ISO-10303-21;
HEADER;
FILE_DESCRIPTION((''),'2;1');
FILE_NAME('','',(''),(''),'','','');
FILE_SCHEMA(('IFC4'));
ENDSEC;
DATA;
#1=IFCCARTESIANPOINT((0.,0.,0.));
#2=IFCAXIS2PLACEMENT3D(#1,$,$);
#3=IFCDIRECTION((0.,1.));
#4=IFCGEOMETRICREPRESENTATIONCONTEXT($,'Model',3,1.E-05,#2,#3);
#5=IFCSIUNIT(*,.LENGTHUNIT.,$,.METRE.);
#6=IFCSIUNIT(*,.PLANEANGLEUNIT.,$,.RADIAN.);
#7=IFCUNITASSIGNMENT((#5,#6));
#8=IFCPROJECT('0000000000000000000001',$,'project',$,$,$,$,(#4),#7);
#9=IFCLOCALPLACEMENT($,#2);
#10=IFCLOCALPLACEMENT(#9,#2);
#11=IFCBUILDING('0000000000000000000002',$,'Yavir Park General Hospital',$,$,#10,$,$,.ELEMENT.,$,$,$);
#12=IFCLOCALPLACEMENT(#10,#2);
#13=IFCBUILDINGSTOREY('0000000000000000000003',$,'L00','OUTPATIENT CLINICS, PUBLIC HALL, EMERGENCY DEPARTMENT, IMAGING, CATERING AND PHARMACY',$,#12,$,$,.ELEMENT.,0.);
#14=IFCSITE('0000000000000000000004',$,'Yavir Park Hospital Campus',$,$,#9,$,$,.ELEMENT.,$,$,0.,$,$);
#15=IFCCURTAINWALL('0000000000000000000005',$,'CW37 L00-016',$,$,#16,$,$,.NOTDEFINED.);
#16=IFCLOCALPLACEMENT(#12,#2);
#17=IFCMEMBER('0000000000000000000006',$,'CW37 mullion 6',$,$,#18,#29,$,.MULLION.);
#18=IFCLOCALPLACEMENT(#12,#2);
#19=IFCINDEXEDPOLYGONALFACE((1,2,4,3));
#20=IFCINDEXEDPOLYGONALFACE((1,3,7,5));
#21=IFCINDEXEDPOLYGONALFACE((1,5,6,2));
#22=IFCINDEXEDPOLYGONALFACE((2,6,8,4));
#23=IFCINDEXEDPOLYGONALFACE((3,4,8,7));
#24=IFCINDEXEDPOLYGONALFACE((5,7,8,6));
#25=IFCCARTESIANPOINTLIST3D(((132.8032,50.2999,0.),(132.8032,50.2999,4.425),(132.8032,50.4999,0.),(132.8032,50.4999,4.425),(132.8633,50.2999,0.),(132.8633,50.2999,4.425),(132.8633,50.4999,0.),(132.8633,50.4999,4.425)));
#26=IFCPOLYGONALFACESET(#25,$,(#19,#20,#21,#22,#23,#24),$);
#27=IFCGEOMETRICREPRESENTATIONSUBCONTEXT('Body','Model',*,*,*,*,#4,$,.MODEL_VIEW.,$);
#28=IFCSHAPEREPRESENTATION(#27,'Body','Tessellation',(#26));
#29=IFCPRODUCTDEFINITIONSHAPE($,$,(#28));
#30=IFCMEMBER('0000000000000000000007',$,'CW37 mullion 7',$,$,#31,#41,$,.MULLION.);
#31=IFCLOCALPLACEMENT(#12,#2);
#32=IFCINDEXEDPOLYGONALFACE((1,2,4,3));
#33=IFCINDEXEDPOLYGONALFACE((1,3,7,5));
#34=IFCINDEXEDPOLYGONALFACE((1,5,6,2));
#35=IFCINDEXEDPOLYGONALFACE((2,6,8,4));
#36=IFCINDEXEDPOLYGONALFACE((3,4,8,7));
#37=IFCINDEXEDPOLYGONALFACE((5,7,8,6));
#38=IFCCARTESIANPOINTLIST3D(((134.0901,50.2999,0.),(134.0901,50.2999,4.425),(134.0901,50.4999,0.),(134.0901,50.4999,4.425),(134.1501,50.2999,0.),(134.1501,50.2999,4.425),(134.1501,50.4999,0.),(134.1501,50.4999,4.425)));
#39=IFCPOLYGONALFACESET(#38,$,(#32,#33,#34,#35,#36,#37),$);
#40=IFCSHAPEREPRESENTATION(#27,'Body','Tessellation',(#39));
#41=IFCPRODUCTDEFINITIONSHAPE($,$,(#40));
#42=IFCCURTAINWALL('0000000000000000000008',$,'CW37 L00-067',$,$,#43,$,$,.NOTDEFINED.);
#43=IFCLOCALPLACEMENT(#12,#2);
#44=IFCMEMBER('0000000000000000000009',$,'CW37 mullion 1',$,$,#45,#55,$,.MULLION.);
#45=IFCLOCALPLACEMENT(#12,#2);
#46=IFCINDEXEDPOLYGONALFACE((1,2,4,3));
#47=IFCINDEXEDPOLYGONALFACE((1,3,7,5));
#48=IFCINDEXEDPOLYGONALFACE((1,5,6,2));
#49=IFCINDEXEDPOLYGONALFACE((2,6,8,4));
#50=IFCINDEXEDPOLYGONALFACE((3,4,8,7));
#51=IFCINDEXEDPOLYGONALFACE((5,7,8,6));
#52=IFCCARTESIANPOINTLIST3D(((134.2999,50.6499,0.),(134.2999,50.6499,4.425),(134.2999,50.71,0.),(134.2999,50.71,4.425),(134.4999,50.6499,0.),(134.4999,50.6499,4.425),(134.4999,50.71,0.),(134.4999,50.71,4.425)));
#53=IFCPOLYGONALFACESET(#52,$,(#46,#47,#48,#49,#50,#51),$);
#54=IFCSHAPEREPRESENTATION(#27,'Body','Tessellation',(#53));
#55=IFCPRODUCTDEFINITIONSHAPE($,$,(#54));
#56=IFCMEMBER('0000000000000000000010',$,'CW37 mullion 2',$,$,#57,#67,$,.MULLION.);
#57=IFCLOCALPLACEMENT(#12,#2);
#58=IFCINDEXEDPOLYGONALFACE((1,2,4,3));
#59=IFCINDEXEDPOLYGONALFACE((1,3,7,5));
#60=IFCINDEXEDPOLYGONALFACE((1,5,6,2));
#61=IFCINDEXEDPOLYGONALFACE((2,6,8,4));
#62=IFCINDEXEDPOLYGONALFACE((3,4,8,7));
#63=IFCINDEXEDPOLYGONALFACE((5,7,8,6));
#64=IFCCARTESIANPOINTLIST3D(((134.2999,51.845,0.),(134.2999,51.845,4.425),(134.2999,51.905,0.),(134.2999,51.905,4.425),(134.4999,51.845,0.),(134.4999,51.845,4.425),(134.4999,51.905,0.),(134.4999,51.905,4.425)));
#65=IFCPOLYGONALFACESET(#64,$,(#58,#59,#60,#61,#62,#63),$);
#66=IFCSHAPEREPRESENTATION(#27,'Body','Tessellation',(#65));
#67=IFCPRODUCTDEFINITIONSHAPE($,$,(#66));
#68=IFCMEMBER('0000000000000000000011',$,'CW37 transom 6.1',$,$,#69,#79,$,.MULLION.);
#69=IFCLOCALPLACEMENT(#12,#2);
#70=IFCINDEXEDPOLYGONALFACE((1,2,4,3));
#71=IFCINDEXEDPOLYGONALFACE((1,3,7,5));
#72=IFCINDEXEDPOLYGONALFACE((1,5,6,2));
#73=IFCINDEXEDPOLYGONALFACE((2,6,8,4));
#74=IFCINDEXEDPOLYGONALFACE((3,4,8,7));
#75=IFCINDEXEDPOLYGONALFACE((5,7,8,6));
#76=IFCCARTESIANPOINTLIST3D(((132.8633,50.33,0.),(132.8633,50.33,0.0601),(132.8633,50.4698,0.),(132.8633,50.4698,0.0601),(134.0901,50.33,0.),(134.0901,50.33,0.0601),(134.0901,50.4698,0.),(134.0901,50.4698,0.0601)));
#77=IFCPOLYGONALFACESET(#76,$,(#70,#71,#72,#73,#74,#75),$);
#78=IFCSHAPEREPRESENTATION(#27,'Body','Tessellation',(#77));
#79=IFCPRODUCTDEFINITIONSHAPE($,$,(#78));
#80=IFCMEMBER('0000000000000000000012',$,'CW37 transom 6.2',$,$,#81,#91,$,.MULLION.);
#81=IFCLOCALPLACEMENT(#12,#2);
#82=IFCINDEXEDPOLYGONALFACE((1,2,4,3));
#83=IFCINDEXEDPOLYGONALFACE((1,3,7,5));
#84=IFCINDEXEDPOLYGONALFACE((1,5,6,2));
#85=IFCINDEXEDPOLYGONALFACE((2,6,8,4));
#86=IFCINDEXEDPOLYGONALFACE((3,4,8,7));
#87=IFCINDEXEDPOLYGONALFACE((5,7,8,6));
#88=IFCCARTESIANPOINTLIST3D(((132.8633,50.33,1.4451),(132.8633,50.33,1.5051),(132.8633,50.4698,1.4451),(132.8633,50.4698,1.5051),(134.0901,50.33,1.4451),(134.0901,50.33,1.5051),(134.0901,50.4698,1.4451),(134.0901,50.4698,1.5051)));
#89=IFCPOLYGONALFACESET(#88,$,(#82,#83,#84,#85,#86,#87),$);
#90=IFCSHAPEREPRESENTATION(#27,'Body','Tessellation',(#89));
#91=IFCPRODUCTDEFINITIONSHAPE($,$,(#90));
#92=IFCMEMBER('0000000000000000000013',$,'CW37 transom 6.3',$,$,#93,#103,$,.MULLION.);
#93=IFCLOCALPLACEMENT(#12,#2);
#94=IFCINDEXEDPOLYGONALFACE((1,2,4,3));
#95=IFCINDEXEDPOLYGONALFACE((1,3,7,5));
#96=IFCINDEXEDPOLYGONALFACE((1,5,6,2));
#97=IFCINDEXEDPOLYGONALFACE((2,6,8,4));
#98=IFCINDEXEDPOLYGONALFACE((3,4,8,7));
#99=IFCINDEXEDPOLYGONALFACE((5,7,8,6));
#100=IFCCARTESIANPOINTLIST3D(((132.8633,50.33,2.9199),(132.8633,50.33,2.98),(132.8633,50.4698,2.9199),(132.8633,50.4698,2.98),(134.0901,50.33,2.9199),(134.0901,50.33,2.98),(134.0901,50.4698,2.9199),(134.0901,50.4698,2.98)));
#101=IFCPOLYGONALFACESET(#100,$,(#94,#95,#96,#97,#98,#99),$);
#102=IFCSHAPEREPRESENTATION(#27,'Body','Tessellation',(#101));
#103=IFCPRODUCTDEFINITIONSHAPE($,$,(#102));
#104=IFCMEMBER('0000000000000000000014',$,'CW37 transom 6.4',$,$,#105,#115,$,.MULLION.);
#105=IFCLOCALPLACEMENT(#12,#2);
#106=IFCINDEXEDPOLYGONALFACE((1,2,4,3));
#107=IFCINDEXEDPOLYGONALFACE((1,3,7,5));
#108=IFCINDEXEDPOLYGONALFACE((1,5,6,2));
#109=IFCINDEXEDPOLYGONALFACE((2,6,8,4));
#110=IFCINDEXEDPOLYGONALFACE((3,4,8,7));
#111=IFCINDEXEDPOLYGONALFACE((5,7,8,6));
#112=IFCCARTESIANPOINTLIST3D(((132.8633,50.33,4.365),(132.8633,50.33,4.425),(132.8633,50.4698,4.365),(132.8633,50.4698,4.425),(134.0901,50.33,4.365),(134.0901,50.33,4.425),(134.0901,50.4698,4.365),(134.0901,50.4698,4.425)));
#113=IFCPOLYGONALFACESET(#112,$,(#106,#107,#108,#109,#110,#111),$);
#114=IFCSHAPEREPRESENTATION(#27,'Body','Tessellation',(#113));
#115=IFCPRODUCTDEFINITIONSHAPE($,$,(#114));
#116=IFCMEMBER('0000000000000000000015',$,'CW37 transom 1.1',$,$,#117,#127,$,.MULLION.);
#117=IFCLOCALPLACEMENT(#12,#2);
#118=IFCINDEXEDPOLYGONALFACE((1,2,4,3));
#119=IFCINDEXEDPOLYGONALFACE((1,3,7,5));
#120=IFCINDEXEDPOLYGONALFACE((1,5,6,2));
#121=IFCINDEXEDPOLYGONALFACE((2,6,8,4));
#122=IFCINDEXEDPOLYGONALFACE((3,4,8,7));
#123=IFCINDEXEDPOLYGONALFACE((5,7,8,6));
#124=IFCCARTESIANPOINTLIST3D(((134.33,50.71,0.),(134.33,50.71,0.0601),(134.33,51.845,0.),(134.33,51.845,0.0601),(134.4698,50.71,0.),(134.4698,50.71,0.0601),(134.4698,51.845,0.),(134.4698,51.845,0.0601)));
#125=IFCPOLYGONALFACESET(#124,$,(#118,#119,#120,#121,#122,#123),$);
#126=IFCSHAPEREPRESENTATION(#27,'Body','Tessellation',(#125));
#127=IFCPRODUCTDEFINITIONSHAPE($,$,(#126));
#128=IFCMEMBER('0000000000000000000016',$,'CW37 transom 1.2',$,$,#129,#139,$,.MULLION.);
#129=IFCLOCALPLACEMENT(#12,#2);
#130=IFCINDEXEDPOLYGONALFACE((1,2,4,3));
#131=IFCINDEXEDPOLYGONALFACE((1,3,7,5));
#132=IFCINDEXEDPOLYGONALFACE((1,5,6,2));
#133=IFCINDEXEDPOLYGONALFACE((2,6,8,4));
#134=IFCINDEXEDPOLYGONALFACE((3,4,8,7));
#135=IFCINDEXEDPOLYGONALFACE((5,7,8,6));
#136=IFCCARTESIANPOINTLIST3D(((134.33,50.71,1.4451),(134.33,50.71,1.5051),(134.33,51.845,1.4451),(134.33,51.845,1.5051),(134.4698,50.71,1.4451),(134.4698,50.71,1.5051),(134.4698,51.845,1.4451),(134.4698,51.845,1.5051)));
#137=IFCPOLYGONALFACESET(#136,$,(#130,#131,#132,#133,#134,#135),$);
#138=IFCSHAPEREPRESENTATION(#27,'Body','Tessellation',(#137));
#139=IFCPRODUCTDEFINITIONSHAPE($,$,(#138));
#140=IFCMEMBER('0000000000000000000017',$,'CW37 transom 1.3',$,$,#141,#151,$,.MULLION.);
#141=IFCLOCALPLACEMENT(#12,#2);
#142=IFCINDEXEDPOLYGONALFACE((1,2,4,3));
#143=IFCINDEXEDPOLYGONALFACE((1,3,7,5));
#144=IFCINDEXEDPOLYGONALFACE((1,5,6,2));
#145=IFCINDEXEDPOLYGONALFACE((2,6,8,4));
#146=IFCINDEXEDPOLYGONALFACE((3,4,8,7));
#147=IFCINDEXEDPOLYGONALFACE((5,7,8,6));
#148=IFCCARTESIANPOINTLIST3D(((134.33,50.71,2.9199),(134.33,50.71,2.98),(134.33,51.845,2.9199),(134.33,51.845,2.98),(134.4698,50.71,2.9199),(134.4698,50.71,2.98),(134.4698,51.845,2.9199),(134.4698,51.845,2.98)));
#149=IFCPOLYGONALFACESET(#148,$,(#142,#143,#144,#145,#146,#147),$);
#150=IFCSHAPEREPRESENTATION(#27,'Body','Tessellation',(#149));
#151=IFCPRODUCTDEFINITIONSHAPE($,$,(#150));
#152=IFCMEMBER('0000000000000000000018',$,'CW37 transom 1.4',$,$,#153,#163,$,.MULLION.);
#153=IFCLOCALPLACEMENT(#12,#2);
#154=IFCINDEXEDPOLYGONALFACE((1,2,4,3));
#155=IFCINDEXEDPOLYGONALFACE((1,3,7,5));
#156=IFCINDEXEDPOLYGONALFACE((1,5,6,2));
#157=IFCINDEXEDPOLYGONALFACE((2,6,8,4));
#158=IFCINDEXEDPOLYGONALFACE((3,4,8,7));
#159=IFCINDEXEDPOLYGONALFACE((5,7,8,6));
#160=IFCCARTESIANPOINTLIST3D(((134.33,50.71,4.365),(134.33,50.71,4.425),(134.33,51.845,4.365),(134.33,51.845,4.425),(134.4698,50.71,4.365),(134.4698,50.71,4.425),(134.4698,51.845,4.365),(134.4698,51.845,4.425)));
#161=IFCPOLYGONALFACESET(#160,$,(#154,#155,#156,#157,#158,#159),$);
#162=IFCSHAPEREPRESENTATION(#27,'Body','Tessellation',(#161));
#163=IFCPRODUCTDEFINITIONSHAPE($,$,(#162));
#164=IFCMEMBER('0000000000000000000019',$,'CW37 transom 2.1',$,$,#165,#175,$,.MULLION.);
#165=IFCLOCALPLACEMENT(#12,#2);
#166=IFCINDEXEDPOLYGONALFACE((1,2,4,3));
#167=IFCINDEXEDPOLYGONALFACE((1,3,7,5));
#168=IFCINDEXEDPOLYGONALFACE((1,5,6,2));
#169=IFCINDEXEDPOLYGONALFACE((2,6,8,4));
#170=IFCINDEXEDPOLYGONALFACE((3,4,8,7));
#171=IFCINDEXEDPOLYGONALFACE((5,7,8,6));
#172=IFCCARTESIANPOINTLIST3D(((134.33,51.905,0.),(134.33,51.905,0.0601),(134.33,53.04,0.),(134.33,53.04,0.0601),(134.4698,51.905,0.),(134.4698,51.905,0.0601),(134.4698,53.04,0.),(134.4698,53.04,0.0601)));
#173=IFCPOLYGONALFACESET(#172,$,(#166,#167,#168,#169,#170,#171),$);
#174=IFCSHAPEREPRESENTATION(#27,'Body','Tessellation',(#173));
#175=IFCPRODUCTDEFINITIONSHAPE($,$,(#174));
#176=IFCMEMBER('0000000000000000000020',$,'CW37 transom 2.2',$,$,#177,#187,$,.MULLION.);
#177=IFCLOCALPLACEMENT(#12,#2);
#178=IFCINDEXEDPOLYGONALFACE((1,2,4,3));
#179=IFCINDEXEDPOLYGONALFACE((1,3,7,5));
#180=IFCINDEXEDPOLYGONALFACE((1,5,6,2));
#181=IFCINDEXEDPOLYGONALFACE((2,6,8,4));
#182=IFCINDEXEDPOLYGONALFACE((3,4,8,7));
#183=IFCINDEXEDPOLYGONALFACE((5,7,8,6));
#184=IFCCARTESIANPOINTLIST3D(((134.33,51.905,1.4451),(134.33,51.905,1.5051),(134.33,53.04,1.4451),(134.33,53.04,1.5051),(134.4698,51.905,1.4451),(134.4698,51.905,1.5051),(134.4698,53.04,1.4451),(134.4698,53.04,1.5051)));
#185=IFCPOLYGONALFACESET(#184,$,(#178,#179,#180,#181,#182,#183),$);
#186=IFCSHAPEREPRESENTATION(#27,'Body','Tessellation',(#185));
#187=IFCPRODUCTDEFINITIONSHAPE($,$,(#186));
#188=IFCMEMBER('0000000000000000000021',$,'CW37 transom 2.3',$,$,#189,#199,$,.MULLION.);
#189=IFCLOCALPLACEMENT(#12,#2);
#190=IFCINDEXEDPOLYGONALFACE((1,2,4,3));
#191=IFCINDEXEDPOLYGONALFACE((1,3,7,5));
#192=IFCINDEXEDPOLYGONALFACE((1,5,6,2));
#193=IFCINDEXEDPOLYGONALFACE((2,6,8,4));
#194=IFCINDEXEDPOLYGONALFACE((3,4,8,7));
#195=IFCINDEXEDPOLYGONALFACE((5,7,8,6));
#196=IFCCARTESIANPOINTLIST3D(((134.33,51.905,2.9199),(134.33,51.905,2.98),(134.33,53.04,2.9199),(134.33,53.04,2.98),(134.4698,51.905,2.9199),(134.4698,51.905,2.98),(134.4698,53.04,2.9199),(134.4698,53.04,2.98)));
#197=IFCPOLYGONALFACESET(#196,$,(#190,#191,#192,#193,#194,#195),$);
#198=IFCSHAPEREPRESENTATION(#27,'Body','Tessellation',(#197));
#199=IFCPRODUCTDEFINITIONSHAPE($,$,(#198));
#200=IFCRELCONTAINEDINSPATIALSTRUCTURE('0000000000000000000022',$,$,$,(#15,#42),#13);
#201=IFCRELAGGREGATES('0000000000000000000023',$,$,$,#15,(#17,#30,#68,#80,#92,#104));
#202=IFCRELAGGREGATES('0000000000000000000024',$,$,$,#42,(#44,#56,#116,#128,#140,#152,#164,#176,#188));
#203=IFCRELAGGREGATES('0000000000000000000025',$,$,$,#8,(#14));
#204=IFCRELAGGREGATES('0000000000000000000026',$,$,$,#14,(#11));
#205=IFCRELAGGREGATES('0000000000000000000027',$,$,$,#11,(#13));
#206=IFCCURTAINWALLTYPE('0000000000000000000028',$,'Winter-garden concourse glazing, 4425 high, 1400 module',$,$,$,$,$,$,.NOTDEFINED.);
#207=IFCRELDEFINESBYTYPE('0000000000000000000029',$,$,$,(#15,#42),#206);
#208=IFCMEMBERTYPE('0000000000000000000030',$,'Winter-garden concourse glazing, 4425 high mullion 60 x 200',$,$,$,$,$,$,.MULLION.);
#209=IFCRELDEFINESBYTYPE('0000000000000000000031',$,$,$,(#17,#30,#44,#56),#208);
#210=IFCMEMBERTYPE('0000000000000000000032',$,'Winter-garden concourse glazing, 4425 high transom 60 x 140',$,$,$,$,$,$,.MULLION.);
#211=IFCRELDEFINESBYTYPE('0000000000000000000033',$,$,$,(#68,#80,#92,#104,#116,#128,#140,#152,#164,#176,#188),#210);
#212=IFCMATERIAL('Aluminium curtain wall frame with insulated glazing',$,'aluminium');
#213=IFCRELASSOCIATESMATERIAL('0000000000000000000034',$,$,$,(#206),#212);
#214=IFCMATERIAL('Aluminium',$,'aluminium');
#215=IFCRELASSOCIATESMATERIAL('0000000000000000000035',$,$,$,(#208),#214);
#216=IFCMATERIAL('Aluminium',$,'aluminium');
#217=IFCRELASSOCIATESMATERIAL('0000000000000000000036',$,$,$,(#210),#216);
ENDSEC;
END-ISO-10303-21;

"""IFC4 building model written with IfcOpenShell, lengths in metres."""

from ifc_helpers import new_model, si_unit, direction, frame, origin, origin_2d, place, context, subcontext, project, spatial, rectangle, extrude, material, material_profile, profile_set, type_object, element, aggregate, save


model = new_model("IFC4")

# Units and contexts
model_context = context("Model", 3, precision=1e-05, world=origin(), true_north=direction((0.0, 1.0)))
body_context = subcontext(model_context, "Body", "Model", "MODEL_VIEW")
ifc_project = project(units=[si_unit("LENGTHUNIT", "METRE"), si_unit("PLANEANGLEUNIT", "RADIAN")], contexts=[model_context])

# Site, building, storey
site_placement = place(None, origin())
site = spatial("IfcSite", under=ifc_project, at=site_placement, Name="Yavir Park Hospital Campus", CompositionType="ELEMENT", RefElevation=0.0)
building_placement = place(site_placement, origin())
building = spatial("IfcBuilding", under=site, at=building_placement, Name="Yavir Park General Hospital", CompositionType="ELEMENT")
storey_placement = place(building_placement, origin())
storey = spatial("IfcBuildingStorey", under=building, at=storey_placement, Name="L00", Description="OUTPATIENT CLINICS, PUBLIC HALL, EMERGENCY DEPARTMENT, IMAGING, CATERING AND PHARMACY", CompositionType="ELEMENT", Elevation=0.0)

# Curtain walls, members
ifc_material_1 = material(Name="Aluminium curtain wall frame with insulated glazing", Category="aluminium")
curtain_wall_type = type_object("IfcCurtainWallType", Name="Winter-garden concourse glazing, 4425 high, 1400 module", PredefinedType="NOTDEFINED", material=ifc_material_1)
curtain_wall_1_placement = place(storey_placement, origin())
curtain_wall_1 = element("IfcCurtainWall", 1, at=curtain_wall_1_placement, inside=storey, type_object=curtain_wall_type, Name="CW37 L00-016", PredefinedType="NOTDEFINED")
ifc_material_2 = material(Name="Aluminium", Category="aluminium")
ifc_material_profile_1 = material_profile(ifc_material_2, rectangle(XDim=0.2, YDim=0.0601, at=origin_2d()), Name="AL 60x200")
ifc_profile_set_1 = profile_set([ifc_material_profile_1], Name="Aluminium")
member_type_1 = type_object("IfcMemberType", Name="Winter-garden concourse glazing, 4425 high mullion 60 x 200", PredefinedType="MULLION", material=ifc_profile_set_1)
member_1_placement = place(storey_placement, frame((132.8333, 50.3999, 0.0), z_axis=(0.0, 0.0, 1.0), x_axis=(0.0, 1.0, 0.0)))
member_1 = element("IfcMember", 2, at=member_1_placement, type_object=member_type_1, Name="CW37 mullion 6", PredefinedType="MULLION", context=body_context, shape_type="SweptSolid", body=[
    extrude(rectangle(XDim=0.2, YDim=0.0601, at=origin_2d()), origin(), (0.0, 0.0, 1.0), 4.425),
])
member_2_placement = place(storey_placement, frame((134.1201, 50.3999, 0.0), z_axis=(0.0, 0.0, 1.0), x_axis=(0.0, 1.0, 0.0)))
member_2 = element("IfcMember", 3, at=member_2_placement, type_object=member_type_1, Name="CW37 mullion 7", PredefinedType="MULLION", context=body_context, shape_type="SweptSolid", body=[
    extrude(rectangle(XDim=0.2, YDim=0.0601, at=origin_2d()), origin(), (0.0, 0.0, 1.0), 4.425),
])
curtain_wall_2_placement = place(storey_placement, origin())
curtain_wall_2 = element("IfcCurtainWall", 4, at=curtain_wall_2_placement, inside=storey, type_object=curtain_wall_type, Name="CW37 L00-067", PredefinedType="NOTDEFINED")
member_3_placement = place(storey_placement, frame((134.3999, 50.6799, 0.0), z_axis=(0.0, 0.0, 1.0), x_axis=(-1.0, 0.0, 0.0)))
member_3 = element("IfcMember", 5, at=member_3_placement, type_object=member_type_1, Name="CW37 mullion 1", PredefinedType="MULLION", context=body_context, shape_type="SweptSolid", body=[
    extrude(rectangle(XDim=0.2, YDim=0.0601, at=origin_2d()), origin(), (0.0, 0.0, 1.0), 4.425),
])
member_4_placement = place(storey_placement, frame((134.3999, 51.875, 0.0), z_axis=(0.0, 0.0, 1.0), x_axis=(-1.0, 0.0, 0.0)))
member_4 = element("IfcMember", 6, at=member_4_placement, type_object=member_type_1, Name="CW37 mullion 2", PredefinedType="MULLION", context=body_context, shape_type="SweptSolid", body=[
    extrude(rectangle(XDim=0.2, YDim=0.0601, at=origin_2d()), origin(), (0.0, 0.0, 1.0), 4.425),
])

# Members
ifc_material_3 = material(Name="Aluminium", Category="aluminium")
ifc_material_profile_2 = material_profile(ifc_material_3, rectangle(XDim=0.1399, YDim=0.0601, at=origin_2d()), Name="AL 140x60")
ifc_profile_set_2 = profile_set([ifc_material_profile_2], Name="Aluminium")
member_type_2 = type_object("IfcMemberType", Name="Winter-garden concourse glazing, 4425 high transom 60 x 140", PredefinedType="MULLION", material=ifc_profile_set_2)
member_5_placement = place(storey_placement, frame((132.8633, 50.3999, 0.03), z_axis=(1.0, 0.0, 0.0), x_axis=(0.0, 1.0, 0.0)))
member_5 = element("IfcMember", 7, at=member_5_placement, type_object=member_type_2, Name="CW37 transom 6.1", PredefinedType="MULLION", context=body_context, shape_type="SweptSolid", body=[
    extrude(rectangle(XDim=0.1399, YDim=0.0601, at=origin_2d()), origin(), (0.0, 0.0, 1.0), 1.2268),
])
member_6_placement = place(storey_placement, frame((132.8633, 50.3999, 1.4751), z_axis=(1.0, 0.0, 0.0), x_axis=(0.0, 1.0, 0.0)))
member_6 = element("IfcMember", 8, at=member_6_placement, type_object=member_type_2, Name="CW37 transom 6.2", PredefinedType="MULLION", context=body_context, shape_type="SweptSolid", body=[
    extrude(rectangle(XDim=0.1399, YDim=0.0601, at=origin_2d()), origin(), (0.0, 0.0, 1.0), 1.2268),
])
member_7_placement = place(storey_placement, frame((132.8633, 50.3999, 2.95), z_axis=(1.0, 0.0, 0.0), x_axis=(0.0, 1.0, 0.0)))
member_7 = element("IfcMember", 9, at=member_7_placement, type_object=member_type_2, Name="CW37 transom 6.3", PredefinedType="MULLION", context=body_context, shape_type="SweptSolid", body=[
    extrude(rectangle(XDim=0.1399, YDim=0.0601, at=origin_2d()), origin(), (0.0, 0.0, 1.0), 1.2268),
])
member_8_placement = place(storey_placement, frame((132.8633, 50.3999, 4.395), z_axis=(1.0, 0.0, 0.0), x_axis=(0.0, 1.0, 0.0)))
member_8 = element("IfcMember", 10, at=member_8_placement, type_object=member_type_2, Name="CW37 transom 6.4", PredefinedType="MULLION", context=body_context, shape_type="SweptSolid", body=[
    extrude(rectangle(XDim=0.1399, YDim=0.0601, at=origin_2d()), origin(), (0.0, 0.0, 1.0), 1.2268),
])
member_9_placement = place(storey_placement, frame((134.3999, 50.71, 0.03), z_axis=(0.0, 1.0, 0.0), x_axis=(-1.0, 0.0, 0.0)))
member_9 = element("IfcMember", 11, at=member_9_placement, type_object=member_type_2, Name="CW37 transom 1.1", PredefinedType="MULLION", context=body_context, shape_type="SweptSolid", body=[
    extrude(rectangle(XDim=0.1399, YDim=0.0601, at=origin_2d()), origin(), (0.0, 0.0, 1.0), 1.135),
])
member_10_placement = place(storey_placement, frame((134.3999, 50.71, 1.4751), z_axis=(0.0, 1.0, 0.0), x_axis=(-1.0, 0.0, 0.0)))
member_10 = element("IfcMember", 12, at=member_10_placement, type_object=member_type_2, Name="CW37 transom 1.2", PredefinedType="MULLION", context=body_context, shape_type="SweptSolid", body=[
    extrude(rectangle(XDim=0.1399, YDim=0.0601, at=origin_2d()), origin(), (0.0, 0.0, 1.0), 1.135),
])
member_11_placement = place(storey_placement, frame((134.3999, 50.71, 2.95), z_axis=(0.0, 1.0, 0.0), x_axis=(-1.0, 0.0, 0.0)))
member_11 = element("IfcMember", 13, at=member_11_placement, type_object=member_type_2, Name="CW37 transom 1.3", PredefinedType="MULLION", context=body_context, shape_type="SweptSolid", body=[
    extrude(rectangle(XDim=0.1399, YDim=0.0601, at=origin_2d()), origin(), (0.0, 0.0, 1.0), 1.135),
])
member_12_placement = place(storey_placement, frame((134.3999, 50.71, 4.395), z_axis=(0.0, 1.0, 0.0), x_axis=(-1.0, 0.0, 0.0)))
member_12 = element("IfcMember", 14, at=member_12_placement, type_object=member_type_2, Name="CW37 transom 1.4", PredefinedType="MULLION", context=body_context, shape_type="SweptSolid", body=[
    extrude(rectangle(XDim=0.1399, YDim=0.0601, at=origin_2d()), origin(), (0.0, 0.0, 1.0), 1.135),
])
member_13_placement = place(storey_placement, frame((134.3999, 51.905, 0.03), z_axis=(0.0, 1.0, 0.0), x_axis=(-1.0, 0.0, 0.0)))
member_13 = element("IfcMember", 15, at=member_13_placement, type_object=member_type_2, Name="CW37 transom 2.1", PredefinedType="MULLION", context=body_context, shape_type="SweptSolid", body=[
    extrude(rectangle(XDim=0.1399, YDim=0.0601, at=origin_2d()), origin(), (0.0, 0.0, 1.0), 1.135),
])
member_14_placement = place(storey_placement, frame((134.3999, 51.905, 1.4751), z_axis=(0.0, 1.0, 0.0), x_axis=(-1.0, 0.0, 0.0)))
member_14 = element("IfcMember", 16, at=member_14_placement, type_object=member_type_2, Name="CW37 transom 2.2", PredefinedType="MULLION", context=body_context, shape_type="SweptSolid", body=[
    extrude(rectangle(XDim=0.1399, YDim=0.0601, at=origin_2d()), origin(), (0.0, 0.0, 1.0), 1.135),
])
member_15_placement = place(storey_placement, frame((134.3999, 51.905, 2.95), z_axis=(0.0, 1.0, 0.0), x_axis=(-1.0, 0.0, 0.0)))
member_15 = element("IfcMember", 17, at=member_15_placement, type_object=member_type_2, Name="CW37 transom 2.3", PredefinedType="MULLION", context=body_context, shape_type="SweptSolid", body=[
    extrude(rectangle(XDim=0.1399, YDim=0.0601, at=origin_2d()), origin(), (0.0, 0.0, 1.0), 1.135),
])

aggregate(curtain_wall_1, [member_1, member_2, member_5, member_6, member_7, member_8])
aggregate(curtain_wall_2, [member_3, member_4, member_9, member_10, member_11, member_12, member_13, member_14, member_15])

save(model, "model.ifc")
